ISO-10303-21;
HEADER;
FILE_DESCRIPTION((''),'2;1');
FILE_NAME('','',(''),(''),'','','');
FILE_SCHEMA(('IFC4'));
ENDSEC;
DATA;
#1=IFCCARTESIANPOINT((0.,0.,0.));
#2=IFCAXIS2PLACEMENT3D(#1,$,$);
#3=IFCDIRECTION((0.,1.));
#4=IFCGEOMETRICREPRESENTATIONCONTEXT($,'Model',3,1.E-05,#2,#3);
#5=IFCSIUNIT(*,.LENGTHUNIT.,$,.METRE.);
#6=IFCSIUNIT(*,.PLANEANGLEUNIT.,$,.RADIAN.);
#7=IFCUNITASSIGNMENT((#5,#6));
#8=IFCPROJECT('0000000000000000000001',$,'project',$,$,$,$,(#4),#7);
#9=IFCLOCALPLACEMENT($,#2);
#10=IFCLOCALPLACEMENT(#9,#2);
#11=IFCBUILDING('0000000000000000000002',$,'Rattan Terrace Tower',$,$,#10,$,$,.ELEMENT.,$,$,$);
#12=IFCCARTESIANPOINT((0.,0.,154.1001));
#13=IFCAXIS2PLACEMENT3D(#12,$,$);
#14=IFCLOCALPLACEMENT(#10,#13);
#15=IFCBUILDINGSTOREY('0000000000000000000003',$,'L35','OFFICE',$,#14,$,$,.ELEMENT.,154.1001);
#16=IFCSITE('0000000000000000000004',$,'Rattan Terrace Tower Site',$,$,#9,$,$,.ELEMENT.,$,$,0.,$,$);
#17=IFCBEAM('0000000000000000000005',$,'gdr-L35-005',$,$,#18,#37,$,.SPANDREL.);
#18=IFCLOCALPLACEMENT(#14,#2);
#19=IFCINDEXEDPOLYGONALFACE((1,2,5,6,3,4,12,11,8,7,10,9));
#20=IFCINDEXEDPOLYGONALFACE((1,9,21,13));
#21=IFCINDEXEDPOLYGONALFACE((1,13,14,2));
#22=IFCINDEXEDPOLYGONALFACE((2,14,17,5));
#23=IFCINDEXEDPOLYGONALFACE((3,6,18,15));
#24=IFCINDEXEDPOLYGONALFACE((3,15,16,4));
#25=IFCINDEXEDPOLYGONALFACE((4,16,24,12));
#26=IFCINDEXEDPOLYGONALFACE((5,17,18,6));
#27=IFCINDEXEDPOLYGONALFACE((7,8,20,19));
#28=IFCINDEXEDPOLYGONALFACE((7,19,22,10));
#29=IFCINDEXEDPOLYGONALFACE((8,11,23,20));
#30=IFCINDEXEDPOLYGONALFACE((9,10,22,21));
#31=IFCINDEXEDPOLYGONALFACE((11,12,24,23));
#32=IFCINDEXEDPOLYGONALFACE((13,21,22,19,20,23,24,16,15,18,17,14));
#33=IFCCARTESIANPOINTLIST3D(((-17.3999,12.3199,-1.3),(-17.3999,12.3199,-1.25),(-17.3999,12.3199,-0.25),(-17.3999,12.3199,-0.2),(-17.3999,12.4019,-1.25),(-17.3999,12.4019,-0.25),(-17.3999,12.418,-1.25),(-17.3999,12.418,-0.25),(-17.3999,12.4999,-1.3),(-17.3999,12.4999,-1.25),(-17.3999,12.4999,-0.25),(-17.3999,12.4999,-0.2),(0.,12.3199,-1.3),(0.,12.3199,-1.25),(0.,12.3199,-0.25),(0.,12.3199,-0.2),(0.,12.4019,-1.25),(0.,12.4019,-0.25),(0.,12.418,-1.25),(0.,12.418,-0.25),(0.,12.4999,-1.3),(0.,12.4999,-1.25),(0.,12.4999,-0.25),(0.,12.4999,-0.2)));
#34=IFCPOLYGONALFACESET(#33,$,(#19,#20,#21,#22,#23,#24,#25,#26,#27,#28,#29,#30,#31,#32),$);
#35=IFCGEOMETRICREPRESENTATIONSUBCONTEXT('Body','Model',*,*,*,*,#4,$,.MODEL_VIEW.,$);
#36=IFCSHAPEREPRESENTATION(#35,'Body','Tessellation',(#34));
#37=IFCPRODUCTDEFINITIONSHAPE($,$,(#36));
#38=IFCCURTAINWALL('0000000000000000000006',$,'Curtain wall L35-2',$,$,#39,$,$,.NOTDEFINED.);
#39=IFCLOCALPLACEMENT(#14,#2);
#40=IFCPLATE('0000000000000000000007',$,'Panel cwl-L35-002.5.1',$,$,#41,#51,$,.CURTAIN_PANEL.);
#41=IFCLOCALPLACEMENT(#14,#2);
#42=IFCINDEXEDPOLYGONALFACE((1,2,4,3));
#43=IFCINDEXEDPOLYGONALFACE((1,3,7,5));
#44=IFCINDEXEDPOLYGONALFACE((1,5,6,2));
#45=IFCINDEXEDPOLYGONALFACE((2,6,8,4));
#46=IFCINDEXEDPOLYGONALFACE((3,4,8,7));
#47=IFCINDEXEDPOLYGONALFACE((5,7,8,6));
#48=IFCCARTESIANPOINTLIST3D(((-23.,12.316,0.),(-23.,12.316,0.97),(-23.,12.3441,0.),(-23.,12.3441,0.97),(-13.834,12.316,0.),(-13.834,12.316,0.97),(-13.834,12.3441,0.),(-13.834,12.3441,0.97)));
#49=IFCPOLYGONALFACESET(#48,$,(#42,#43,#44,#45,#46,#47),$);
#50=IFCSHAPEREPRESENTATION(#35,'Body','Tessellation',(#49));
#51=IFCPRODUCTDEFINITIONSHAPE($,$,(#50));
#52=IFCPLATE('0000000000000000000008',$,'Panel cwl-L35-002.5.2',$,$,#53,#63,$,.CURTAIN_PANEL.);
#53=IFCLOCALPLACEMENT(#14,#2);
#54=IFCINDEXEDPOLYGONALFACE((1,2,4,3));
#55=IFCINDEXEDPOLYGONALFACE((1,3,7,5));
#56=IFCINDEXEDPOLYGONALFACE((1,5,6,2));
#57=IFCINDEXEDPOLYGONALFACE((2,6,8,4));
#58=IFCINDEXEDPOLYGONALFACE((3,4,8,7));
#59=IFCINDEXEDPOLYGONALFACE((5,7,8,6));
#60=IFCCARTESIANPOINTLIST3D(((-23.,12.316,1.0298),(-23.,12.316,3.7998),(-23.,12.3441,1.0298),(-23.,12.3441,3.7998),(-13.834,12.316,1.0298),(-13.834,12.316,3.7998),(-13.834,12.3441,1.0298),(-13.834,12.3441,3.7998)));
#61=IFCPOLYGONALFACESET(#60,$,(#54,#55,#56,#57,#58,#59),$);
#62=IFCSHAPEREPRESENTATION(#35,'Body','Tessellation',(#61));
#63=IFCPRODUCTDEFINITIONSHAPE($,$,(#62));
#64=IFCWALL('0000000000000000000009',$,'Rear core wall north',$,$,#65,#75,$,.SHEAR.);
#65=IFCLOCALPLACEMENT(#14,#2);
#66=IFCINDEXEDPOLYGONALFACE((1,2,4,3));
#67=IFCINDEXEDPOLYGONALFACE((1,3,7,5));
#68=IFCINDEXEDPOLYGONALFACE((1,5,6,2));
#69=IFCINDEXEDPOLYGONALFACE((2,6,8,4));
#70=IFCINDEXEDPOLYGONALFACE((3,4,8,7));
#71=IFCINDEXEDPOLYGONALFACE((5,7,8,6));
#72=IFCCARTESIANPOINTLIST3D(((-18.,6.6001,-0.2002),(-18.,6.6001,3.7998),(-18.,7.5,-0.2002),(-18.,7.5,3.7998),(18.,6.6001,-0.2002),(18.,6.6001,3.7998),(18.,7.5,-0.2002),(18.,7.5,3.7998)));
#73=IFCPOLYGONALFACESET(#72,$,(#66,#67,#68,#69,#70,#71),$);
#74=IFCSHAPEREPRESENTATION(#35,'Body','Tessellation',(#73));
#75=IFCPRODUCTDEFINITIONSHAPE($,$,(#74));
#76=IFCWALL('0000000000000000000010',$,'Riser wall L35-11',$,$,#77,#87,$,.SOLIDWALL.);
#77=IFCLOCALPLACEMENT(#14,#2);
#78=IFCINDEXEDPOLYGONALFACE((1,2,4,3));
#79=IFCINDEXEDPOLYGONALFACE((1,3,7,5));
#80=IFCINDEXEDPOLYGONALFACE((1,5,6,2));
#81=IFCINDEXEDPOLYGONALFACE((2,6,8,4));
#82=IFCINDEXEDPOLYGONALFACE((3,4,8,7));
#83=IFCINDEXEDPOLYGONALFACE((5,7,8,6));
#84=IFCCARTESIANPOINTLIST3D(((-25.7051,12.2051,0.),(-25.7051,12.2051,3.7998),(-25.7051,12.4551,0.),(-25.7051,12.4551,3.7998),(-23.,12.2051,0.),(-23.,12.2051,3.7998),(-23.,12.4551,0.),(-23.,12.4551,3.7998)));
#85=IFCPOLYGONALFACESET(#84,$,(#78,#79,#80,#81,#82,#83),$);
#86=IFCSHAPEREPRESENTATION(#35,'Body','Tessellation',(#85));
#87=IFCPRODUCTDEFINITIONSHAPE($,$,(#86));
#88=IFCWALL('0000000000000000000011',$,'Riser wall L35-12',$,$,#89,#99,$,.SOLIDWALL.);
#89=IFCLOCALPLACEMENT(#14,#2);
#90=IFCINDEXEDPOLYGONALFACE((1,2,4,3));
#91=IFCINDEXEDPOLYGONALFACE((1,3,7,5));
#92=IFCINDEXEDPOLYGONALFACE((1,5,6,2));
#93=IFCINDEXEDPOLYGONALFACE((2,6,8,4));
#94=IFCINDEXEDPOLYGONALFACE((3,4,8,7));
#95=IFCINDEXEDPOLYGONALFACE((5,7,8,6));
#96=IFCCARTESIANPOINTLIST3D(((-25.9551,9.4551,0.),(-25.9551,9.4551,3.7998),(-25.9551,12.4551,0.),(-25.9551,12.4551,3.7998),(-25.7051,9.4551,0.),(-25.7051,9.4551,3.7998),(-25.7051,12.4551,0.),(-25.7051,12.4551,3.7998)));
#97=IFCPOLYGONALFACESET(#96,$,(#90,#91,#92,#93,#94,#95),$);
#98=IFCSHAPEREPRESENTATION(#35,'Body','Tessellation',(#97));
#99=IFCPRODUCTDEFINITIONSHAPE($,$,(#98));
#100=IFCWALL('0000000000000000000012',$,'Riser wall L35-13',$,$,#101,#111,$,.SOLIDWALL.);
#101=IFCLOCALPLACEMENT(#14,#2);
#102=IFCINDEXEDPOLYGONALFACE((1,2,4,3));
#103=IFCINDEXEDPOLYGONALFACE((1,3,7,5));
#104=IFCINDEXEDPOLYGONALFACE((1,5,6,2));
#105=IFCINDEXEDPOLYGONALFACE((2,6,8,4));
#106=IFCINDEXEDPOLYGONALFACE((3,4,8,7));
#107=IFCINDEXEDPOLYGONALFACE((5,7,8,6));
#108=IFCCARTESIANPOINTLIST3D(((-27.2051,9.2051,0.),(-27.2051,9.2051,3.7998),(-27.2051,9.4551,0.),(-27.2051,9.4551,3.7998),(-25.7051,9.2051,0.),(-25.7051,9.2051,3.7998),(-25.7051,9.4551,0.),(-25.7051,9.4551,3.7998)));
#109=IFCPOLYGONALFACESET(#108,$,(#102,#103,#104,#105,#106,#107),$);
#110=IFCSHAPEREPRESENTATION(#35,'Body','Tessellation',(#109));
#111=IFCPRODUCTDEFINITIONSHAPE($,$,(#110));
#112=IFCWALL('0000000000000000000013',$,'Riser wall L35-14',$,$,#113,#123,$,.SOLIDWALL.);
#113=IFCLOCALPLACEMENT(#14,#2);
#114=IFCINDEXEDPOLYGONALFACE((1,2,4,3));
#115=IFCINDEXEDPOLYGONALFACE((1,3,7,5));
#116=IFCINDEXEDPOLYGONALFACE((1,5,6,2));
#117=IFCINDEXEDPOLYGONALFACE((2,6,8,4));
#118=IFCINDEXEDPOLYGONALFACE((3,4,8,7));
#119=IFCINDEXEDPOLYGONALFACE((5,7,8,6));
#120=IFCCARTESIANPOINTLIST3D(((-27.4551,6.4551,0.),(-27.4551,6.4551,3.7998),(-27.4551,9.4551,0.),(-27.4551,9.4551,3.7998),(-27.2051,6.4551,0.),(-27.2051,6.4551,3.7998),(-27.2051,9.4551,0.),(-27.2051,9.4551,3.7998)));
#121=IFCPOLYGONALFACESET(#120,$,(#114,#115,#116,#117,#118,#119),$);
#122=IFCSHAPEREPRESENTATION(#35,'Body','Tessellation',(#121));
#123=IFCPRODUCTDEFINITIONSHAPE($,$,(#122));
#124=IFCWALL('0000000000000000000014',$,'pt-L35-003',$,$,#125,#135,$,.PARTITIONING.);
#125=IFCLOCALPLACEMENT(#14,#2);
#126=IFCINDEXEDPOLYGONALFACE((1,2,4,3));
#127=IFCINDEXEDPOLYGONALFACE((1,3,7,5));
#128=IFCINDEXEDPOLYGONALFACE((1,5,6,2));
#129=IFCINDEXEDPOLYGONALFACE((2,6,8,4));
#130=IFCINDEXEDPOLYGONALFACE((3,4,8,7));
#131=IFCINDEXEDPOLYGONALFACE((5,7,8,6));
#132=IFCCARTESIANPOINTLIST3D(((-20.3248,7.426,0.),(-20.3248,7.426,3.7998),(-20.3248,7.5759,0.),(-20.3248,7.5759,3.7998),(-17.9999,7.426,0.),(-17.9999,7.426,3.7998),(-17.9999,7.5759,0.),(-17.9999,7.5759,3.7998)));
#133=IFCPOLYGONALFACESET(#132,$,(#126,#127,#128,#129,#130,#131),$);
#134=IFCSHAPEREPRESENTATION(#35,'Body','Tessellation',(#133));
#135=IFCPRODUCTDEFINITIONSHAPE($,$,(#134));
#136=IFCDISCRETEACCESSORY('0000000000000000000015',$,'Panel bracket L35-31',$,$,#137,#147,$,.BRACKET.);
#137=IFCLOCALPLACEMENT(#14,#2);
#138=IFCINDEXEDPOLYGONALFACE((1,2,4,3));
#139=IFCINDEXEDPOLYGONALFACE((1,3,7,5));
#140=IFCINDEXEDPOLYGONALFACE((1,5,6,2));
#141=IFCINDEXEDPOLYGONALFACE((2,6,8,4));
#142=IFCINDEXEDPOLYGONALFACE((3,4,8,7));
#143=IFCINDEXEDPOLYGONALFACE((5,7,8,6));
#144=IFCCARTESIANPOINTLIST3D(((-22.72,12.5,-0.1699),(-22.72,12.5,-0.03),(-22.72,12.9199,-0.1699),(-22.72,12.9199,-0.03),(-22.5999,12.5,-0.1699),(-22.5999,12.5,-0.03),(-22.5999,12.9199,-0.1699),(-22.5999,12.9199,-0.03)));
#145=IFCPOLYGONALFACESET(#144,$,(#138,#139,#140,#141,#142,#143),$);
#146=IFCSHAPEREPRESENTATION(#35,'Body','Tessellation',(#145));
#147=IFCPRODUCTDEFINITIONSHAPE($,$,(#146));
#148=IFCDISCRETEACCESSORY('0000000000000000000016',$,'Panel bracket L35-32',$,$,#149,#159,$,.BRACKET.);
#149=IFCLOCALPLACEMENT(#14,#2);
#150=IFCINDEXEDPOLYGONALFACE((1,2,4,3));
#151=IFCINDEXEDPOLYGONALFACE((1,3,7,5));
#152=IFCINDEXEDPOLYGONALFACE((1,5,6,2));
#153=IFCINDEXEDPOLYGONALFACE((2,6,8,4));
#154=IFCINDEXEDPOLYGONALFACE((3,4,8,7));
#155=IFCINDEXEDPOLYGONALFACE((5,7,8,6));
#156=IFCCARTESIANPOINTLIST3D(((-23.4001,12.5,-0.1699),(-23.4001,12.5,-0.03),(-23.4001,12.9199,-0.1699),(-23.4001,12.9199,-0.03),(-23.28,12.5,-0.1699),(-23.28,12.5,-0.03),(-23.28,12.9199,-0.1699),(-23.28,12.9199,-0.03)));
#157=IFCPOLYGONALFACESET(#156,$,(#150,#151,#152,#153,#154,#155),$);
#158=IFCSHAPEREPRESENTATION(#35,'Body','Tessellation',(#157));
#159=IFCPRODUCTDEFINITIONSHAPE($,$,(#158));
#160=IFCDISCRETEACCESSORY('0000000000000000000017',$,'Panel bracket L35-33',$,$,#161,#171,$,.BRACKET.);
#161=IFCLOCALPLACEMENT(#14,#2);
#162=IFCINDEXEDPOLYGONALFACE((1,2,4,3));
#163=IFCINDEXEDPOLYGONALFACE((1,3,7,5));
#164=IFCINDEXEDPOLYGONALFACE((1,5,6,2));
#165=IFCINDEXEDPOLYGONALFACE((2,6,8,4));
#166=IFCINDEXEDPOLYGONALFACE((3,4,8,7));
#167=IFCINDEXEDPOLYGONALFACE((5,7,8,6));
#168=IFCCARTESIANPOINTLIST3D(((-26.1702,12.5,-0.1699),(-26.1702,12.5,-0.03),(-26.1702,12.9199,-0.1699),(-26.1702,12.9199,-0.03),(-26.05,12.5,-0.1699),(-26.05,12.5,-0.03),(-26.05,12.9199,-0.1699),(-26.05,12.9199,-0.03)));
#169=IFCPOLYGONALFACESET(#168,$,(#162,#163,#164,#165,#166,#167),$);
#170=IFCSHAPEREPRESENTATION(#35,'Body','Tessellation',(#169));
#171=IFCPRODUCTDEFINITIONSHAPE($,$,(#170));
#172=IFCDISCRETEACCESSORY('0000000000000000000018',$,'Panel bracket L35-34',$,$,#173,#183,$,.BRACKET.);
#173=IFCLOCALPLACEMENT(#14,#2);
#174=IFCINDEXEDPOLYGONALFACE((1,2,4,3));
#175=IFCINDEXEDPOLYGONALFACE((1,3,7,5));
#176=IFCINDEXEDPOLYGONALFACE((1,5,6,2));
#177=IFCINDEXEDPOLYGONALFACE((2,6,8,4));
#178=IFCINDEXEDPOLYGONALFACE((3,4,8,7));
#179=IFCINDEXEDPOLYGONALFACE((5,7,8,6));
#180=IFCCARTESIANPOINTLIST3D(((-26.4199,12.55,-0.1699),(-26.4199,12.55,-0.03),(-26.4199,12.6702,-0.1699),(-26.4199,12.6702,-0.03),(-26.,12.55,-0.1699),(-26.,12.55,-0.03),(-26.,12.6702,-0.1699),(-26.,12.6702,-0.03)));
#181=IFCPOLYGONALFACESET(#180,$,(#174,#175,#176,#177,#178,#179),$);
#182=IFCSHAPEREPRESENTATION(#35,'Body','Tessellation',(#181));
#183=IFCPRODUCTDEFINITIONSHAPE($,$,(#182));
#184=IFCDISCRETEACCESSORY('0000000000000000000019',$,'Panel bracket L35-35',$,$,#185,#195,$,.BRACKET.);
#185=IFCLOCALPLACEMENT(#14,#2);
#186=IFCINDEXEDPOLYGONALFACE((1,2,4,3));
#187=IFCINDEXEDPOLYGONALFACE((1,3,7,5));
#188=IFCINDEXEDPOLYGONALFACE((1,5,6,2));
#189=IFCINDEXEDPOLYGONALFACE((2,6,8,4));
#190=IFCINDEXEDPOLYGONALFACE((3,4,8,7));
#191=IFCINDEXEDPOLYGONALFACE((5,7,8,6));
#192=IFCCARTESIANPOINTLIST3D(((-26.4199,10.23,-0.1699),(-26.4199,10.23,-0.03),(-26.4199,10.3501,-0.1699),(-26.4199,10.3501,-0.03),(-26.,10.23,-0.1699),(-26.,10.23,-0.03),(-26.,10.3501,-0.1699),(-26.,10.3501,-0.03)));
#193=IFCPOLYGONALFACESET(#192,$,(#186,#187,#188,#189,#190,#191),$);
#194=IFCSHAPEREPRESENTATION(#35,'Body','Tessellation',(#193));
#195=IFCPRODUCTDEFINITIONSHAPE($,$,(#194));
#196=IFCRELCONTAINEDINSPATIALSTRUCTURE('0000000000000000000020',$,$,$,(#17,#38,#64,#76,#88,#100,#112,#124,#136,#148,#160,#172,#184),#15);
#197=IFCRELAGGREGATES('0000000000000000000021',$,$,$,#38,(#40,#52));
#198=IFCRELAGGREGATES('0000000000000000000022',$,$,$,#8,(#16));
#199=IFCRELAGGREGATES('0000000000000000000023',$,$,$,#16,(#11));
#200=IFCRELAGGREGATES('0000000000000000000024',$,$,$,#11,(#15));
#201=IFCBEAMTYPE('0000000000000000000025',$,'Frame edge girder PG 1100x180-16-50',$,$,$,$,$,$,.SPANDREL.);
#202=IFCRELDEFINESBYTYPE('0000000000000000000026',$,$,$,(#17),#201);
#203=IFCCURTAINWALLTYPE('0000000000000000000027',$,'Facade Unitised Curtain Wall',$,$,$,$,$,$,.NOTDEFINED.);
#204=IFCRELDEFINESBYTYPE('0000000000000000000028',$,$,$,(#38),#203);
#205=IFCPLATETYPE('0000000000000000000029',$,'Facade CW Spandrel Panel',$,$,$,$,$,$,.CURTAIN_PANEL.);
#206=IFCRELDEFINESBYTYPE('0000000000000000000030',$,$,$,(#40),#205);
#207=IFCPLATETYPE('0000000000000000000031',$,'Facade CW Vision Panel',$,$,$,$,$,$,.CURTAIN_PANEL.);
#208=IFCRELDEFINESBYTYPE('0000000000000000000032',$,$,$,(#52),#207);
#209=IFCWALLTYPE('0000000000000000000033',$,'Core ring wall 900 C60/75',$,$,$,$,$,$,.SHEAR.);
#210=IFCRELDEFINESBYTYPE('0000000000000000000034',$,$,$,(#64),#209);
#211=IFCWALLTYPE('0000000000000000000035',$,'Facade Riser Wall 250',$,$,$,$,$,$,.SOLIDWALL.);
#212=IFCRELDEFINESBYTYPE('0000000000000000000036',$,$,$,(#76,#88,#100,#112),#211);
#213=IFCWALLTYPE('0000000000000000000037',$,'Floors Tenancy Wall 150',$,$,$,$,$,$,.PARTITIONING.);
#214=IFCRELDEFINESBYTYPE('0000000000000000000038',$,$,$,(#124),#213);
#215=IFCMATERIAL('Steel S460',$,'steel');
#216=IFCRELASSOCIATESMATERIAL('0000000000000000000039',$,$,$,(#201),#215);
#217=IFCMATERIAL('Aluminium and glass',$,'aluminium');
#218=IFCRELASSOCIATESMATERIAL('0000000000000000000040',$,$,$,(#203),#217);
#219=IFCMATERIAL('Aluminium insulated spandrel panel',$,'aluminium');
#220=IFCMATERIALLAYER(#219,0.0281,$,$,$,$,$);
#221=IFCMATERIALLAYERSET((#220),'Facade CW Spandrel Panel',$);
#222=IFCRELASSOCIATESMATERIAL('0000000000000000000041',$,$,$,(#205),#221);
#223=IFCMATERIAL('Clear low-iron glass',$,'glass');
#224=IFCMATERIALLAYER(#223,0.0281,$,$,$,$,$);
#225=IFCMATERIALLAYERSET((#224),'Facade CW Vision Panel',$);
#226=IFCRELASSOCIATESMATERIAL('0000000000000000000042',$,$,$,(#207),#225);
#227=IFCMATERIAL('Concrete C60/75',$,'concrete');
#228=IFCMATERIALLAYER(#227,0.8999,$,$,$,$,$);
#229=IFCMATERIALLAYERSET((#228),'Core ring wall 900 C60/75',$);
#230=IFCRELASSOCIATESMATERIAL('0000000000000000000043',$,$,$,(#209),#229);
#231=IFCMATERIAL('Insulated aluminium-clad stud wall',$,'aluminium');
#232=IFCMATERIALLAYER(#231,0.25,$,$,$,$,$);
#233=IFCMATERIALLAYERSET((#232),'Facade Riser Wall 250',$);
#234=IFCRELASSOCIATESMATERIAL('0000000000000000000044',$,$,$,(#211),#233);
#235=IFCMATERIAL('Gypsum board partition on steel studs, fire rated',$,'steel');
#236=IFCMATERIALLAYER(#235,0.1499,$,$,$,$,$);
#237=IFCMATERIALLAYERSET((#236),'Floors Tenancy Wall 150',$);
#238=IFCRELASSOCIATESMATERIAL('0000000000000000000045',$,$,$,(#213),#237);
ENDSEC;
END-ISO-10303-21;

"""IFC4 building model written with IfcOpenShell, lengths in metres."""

from ifc_helpers import new_model, si_unit, direction, frame, frame_2d, origin, origin_2d, place, context, subcontext, project, spatial, rectangle, i_section, extrude, material, layer, layer_set, material_profile, profile_set, type_object, element, aggregate, save


model = new_model("IFC4")

# Units and contexts
model_context = context("Model", 3, precision=1e-05, world=origin(), true_north=direction((0.0, 1.0)))
body_context = subcontext(model_context, "Body", "Model", "MODEL_VIEW")
ifc_project = project(units=[si_unit("LENGTHUNIT", "METRE"), si_unit("PLANEANGLEUNIT", "RADIAN")], contexts=[model_context])

# Site, building, storey
site_placement = place(None, origin())
site = spatial("IfcSite", under=ifc_project, at=site_placement, Name="Rattan Terrace Tower Site", CompositionType="ELEMENT", RefElevation=0.0)
building_placement = place(site_placement, origin())
building = spatial("IfcBuilding", under=site, at=building_placement, Name="Rattan Terrace Tower", CompositionType="ELEMENT")
storey_placement = place(building_placement, frame((0.0, 0.0, 154.1001)))
storey = spatial("IfcBuildingStorey", under=building, at=storey_placement, Name="L35", Description="OFFICE", CompositionType="ELEMENT", Elevation=154.1001)

# Beam
ifc_material_1 = material(Name="Steel S460", Category="steel")
ifc_material_profile = material_profile(ifc_material_1, i_section(OverallWidth=0.1799, OverallDepth=1.1001, WebThickness=0.0161, FlangeThickness=0.05, at=origin_2d()), Name="PG 1100x180-16-50")
ifc_profile_set = profile_set([ifc_material_profile], Name="Steel S460")
beam_type = type_object("IfcBeamType", Name="Frame edge girder PG 1100x180-16-50", PredefinedType="SPANDREL", material=ifc_profile_set)
beam_placement = place(storey_placement, frame((-17.3999, 12.4099, -0.75), z_axis=(1.0, 0.0, 0.0), x_axis=(0.0, 1.0, 0.0)))
element("IfcBeam", 1, at=beam_placement, inside=storey, type_object=beam_type, Name="gdr-L35-005", PredefinedType="SPANDREL", context=body_context, shape_type="SweptSolid", body=[
    extrude(i_section(OverallWidth=0.1799, OverallDepth=1.1001, WebThickness=0.0161, FlangeThickness=0.05, at=origin_2d()), origin(), (0.0, 0.0, 1.0), 17.3999),
])

# Curtain wall, plates
ifc_material_2 = material(Name="Aluminium and glass", Category="aluminium")
curtain_wall_type = type_object("IfcCurtainWallType", Name="Facade Unitised Curtain Wall", PredefinedType="NOTDEFINED", material=ifc_material_2)
curtain_wall_placement = place(storey_placement, origin())
curtain_wall = element("IfcCurtainWall", 2, at=curtain_wall_placement, inside=storey, type_object=curtain_wall_type, Name="Curtain wall L35-2", PredefinedType="NOTDEFINED")
ifc_material_3 = material(Name="Aluminium insulated spandrel panel", Category="aluminium")
ifc_layer_1 = layer(ifc_material_3, 0.0281)
ifc_layer_set_1 = layer_set([ifc_layer_1], Name="Facade CW Spandrel Panel")
plate_type_1 = type_object("IfcPlateType", Name="Facade CW Spandrel Panel", PredefinedType="CURTAIN_PANEL", material=ifc_layer_set_1)
plate_1_placement = place(storey_placement, frame((-18.417, 12.3301, 0.0), z_axis=(0.0, 0.0, 1.0), x_axis=(-1.0, 0.0, 0.0)))
plate_1 = element("IfcPlate", 3, at=plate_1_placement, type_object=plate_type_1, Name="Panel cwl-L35-002.5.1", PredefinedType="CURTAIN_PANEL", context=body_context, shape_type="SweptSolid", body=[
    extrude(rectangle(XDim=9.166, YDim=0.0281, at=origin_2d()), origin(), (0.0, 0.0, 1.0), 0.97),
])
ifc_material_4 = material(Name="Clear low-iron glass", Category="glass")
ifc_layer_2 = layer(ifc_material_4, 0.0281)
ifc_layer_set_2 = layer_set([ifc_layer_2], Name="Facade CW Vision Panel")
plate_type_2 = type_object("IfcPlateType", Name="Facade CW Vision Panel", PredefinedType="CURTAIN_PANEL", material=ifc_layer_set_2)
plate_2_placement = place(storey_placement, frame((-18.417, 12.3301, 1.0298), z_axis=(0.0, 0.0, 1.0), x_axis=(-1.0, 0.0, 0.0)))
plate_2 = element("IfcPlate", 4, at=plate_2_placement, type_object=plate_type_2, Name="Panel cwl-L35-002.5.2", PredefinedType="CURTAIN_PANEL", context=body_context, shape_type="SweptSolid", body=[
    extrude(rectangle(XDim=9.166, YDim=0.0281, at=origin_2d()), origin(), (0.0, 0.0, 1.0), 2.77),
])
aggregate(curtain_wall, [plate_1, plate_2])

# Walls
ifc_material_5 = material(Name="Concrete C60/75", Category="concrete")
ifc_layer_3 = layer(ifc_material_5, 0.8999)
ifc_layer_set_3 = layer_set([ifc_layer_3], Name="Core ring wall 900 C60/75")
wall_type_1 = type_object("IfcWallType", Name="Core ring wall 900 C60/75", PredefinedType="SHEAR", material=ifc_layer_set_3)
wall_1_placement = place(storey_placement, frame((-18.0, 7.05, -0.2002), z_axis=(0.0, 0.0, 1.0), x_axis=(1.0, 0.0, 0.0)))
element("IfcWall", 5, at=wall_1_placement, inside=storey, type_object=wall_type_1, Name="Rear core wall north", PredefinedType="SHEAR", context=body_context, shape_type="SweptSolid", body=[
    extrude(rectangle(XDim=36.0, YDim=0.8999, at=frame_2d((18.0, 0.0))), origin(), (0.0, 0.0, 1.0), 4.0),
])
ifc_material_6 = material(Name="Insulated aluminium-clad stud wall", Category="aluminium")
ifc_layer_4 = layer(ifc_material_6, 0.25)
ifc_layer_set_4 = layer_set([ifc_layer_4], Name="Facade Riser Wall 250")
wall_type_2 = type_object("IfcWallType", Name="Facade Riser Wall 250", PredefinedType="SOLIDWALL", material=ifc_layer_set_4)
wall_2_placement = place(storey_placement, frame((-23.0, 12.3301, 0.0), z_axis=(0.0, 0.0, 1.0), x_axis=(-1.0, 0.0, 0.0)))
element("IfcWall", 6, at=wall_2_placement, inside=storey, type_object=wall_type_2, Name="Riser wall L35-11", PredefinedType="SOLIDWALL", context=body_context, shape_type="SweptSolid", body=[
    extrude(rectangle(XDim=2.7051, YDim=0.25, at=frame_2d((1.3525, 0.0))), origin(), (0.0, 0.0, 1.0), 3.7998),
])
wall_3_placement = place(storey_placement, frame((-25.8301, 12.4551, 0.0), z_axis=(0.0, 0.0, 1.0), x_axis=(0.0, -1.0, 0.0)))
element("IfcWall", 7, at=wall_3_placement, inside=storey, type_object=wall_type_2, Name="Riser wall L35-12", PredefinedType="SOLIDWALL", context=body_context, shape_type="SweptSolid", body=[
    extrude(rectangle(XDim=3.0, YDim=0.25, at=frame_2d((1.5, 0.0))), origin(), (0.0, 0.0, 1.0), 3.7998),
])
wall_4_placement = place(storey_placement, frame((-25.7051, 9.3301, 0.0), z_axis=(0.0, 0.0, 1.0), x_axis=(-1.0, 0.0, 0.0)))
element("IfcWall", 8, at=wall_4_placement, inside=storey, type_object=wall_type_2, Name="Riser wall L35-13", PredefinedType="SOLIDWALL", context=body_context, shape_type="SweptSolid", body=[
    extrude(rectangle(XDim=1.5, YDim=0.25, at=frame_2d((0.75, 0.0))), origin(), (0.0, 0.0, 1.0), 3.7998),
])
wall_5_placement = place(storey_placement, frame((-27.3301, 9.4551, 0.0), z_axis=(0.0, 0.0, 1.0), x_axis=(0.0, -1.0, 0.0)))
element("IfcWall", 9, at=wall_5_placement, inside=storey, type_object=wall_type_2, Name="Riser wall L35-14", PredefinedType="SOLIDWALL", context=body_context, shape_type="SweptSolid", body=[
    extrude(rectangle(XDim=3.0, YDim=0.25, at=frame_2d((1.5, 0.0))), origin(), (0.0, 0.0, 1.0), 3.7998),
])
ifc_material_7 = material(Name="Gypsum board partition on steel studs, fire rated", Category="steel")
ifc_layer_5 = layer(ifc_material_7, 0.1499)
ifc_layer_set_5 = layer_set([ifc_layer_5], Name="Floors Tenancy Wall 150")
wall_type_3 = type_object("IfcWallType", Name="Floors Tenancy Wall 150", PredefinedType="PARTITIONING", material=ifc_layer_set_5)
wall_6_placement = place(storey_placement, frame((-20.325, 7.501, 0.0), z_axis=(0.0, 0.0, 1.0), x_axis=(1.0, 0.0, 0.0)))
element("IfcWall", 10, at=wall_6_placement, inside=storey, type_object=wall_type_3, Name="pt-L35-003", PredefinedType="PARTITIONING", context=body_context, shape_type="SweptSolid", body=[
    extrude(rectangle(XDim=2.325, YDim=0.1499, at=frame_2d((1.1626, 0.0))), origin(), (0.0, 0.0, 1.0), 3.7998),
])

# Discrete accessories
for number, where, z_axis, x_axis, name in (
    (11, (-22.6599, 12.71, -0.1699), (0.0, 0.0, 1.0), (-1.0, 0.0, 0.0), "Panel bracket L35-31"),
    (12, (-23.3401, 12.71, -0.1699), (0.0, 0.0, 1.0), (-1.0, 0.0, 0.0), "Panel bracket L35-32"),
    (13, (-26.1101, 12.71, -0.1699), (0.0, 0.0, 1.0), (-1.0, 0.0, 0.0), "Panel bracket L35-33"),
    (14, (-26.21, 12.6101, -0.1699), (0.0, 0.0, 1.0), (0.0, -1.0, 0.0), "Panel bracket L35-34"),
    (15, (-26.21, 10.29, -0.1699), (0.0, 0.0, 1.0), (0.0, -1.0, 0.0), "Panel bracket L35-35"),
):
    element("IfcDiscreteAccessory", number, at=place(storey_placement, frame(where, z_axis=z_axis, x_axis=x_axis)), inside=storey, Name=name, PredefinedType="BRACKET", context=body_context, shape_type="SweptSolid", body=[
        extrude(rectangle(XDim=0.1201, YDim=0.4199, at=origin_2d()), origin(), (0.0, 0.0, 1.0), 0.1399),
    ])

save(model, "model.ifc")
